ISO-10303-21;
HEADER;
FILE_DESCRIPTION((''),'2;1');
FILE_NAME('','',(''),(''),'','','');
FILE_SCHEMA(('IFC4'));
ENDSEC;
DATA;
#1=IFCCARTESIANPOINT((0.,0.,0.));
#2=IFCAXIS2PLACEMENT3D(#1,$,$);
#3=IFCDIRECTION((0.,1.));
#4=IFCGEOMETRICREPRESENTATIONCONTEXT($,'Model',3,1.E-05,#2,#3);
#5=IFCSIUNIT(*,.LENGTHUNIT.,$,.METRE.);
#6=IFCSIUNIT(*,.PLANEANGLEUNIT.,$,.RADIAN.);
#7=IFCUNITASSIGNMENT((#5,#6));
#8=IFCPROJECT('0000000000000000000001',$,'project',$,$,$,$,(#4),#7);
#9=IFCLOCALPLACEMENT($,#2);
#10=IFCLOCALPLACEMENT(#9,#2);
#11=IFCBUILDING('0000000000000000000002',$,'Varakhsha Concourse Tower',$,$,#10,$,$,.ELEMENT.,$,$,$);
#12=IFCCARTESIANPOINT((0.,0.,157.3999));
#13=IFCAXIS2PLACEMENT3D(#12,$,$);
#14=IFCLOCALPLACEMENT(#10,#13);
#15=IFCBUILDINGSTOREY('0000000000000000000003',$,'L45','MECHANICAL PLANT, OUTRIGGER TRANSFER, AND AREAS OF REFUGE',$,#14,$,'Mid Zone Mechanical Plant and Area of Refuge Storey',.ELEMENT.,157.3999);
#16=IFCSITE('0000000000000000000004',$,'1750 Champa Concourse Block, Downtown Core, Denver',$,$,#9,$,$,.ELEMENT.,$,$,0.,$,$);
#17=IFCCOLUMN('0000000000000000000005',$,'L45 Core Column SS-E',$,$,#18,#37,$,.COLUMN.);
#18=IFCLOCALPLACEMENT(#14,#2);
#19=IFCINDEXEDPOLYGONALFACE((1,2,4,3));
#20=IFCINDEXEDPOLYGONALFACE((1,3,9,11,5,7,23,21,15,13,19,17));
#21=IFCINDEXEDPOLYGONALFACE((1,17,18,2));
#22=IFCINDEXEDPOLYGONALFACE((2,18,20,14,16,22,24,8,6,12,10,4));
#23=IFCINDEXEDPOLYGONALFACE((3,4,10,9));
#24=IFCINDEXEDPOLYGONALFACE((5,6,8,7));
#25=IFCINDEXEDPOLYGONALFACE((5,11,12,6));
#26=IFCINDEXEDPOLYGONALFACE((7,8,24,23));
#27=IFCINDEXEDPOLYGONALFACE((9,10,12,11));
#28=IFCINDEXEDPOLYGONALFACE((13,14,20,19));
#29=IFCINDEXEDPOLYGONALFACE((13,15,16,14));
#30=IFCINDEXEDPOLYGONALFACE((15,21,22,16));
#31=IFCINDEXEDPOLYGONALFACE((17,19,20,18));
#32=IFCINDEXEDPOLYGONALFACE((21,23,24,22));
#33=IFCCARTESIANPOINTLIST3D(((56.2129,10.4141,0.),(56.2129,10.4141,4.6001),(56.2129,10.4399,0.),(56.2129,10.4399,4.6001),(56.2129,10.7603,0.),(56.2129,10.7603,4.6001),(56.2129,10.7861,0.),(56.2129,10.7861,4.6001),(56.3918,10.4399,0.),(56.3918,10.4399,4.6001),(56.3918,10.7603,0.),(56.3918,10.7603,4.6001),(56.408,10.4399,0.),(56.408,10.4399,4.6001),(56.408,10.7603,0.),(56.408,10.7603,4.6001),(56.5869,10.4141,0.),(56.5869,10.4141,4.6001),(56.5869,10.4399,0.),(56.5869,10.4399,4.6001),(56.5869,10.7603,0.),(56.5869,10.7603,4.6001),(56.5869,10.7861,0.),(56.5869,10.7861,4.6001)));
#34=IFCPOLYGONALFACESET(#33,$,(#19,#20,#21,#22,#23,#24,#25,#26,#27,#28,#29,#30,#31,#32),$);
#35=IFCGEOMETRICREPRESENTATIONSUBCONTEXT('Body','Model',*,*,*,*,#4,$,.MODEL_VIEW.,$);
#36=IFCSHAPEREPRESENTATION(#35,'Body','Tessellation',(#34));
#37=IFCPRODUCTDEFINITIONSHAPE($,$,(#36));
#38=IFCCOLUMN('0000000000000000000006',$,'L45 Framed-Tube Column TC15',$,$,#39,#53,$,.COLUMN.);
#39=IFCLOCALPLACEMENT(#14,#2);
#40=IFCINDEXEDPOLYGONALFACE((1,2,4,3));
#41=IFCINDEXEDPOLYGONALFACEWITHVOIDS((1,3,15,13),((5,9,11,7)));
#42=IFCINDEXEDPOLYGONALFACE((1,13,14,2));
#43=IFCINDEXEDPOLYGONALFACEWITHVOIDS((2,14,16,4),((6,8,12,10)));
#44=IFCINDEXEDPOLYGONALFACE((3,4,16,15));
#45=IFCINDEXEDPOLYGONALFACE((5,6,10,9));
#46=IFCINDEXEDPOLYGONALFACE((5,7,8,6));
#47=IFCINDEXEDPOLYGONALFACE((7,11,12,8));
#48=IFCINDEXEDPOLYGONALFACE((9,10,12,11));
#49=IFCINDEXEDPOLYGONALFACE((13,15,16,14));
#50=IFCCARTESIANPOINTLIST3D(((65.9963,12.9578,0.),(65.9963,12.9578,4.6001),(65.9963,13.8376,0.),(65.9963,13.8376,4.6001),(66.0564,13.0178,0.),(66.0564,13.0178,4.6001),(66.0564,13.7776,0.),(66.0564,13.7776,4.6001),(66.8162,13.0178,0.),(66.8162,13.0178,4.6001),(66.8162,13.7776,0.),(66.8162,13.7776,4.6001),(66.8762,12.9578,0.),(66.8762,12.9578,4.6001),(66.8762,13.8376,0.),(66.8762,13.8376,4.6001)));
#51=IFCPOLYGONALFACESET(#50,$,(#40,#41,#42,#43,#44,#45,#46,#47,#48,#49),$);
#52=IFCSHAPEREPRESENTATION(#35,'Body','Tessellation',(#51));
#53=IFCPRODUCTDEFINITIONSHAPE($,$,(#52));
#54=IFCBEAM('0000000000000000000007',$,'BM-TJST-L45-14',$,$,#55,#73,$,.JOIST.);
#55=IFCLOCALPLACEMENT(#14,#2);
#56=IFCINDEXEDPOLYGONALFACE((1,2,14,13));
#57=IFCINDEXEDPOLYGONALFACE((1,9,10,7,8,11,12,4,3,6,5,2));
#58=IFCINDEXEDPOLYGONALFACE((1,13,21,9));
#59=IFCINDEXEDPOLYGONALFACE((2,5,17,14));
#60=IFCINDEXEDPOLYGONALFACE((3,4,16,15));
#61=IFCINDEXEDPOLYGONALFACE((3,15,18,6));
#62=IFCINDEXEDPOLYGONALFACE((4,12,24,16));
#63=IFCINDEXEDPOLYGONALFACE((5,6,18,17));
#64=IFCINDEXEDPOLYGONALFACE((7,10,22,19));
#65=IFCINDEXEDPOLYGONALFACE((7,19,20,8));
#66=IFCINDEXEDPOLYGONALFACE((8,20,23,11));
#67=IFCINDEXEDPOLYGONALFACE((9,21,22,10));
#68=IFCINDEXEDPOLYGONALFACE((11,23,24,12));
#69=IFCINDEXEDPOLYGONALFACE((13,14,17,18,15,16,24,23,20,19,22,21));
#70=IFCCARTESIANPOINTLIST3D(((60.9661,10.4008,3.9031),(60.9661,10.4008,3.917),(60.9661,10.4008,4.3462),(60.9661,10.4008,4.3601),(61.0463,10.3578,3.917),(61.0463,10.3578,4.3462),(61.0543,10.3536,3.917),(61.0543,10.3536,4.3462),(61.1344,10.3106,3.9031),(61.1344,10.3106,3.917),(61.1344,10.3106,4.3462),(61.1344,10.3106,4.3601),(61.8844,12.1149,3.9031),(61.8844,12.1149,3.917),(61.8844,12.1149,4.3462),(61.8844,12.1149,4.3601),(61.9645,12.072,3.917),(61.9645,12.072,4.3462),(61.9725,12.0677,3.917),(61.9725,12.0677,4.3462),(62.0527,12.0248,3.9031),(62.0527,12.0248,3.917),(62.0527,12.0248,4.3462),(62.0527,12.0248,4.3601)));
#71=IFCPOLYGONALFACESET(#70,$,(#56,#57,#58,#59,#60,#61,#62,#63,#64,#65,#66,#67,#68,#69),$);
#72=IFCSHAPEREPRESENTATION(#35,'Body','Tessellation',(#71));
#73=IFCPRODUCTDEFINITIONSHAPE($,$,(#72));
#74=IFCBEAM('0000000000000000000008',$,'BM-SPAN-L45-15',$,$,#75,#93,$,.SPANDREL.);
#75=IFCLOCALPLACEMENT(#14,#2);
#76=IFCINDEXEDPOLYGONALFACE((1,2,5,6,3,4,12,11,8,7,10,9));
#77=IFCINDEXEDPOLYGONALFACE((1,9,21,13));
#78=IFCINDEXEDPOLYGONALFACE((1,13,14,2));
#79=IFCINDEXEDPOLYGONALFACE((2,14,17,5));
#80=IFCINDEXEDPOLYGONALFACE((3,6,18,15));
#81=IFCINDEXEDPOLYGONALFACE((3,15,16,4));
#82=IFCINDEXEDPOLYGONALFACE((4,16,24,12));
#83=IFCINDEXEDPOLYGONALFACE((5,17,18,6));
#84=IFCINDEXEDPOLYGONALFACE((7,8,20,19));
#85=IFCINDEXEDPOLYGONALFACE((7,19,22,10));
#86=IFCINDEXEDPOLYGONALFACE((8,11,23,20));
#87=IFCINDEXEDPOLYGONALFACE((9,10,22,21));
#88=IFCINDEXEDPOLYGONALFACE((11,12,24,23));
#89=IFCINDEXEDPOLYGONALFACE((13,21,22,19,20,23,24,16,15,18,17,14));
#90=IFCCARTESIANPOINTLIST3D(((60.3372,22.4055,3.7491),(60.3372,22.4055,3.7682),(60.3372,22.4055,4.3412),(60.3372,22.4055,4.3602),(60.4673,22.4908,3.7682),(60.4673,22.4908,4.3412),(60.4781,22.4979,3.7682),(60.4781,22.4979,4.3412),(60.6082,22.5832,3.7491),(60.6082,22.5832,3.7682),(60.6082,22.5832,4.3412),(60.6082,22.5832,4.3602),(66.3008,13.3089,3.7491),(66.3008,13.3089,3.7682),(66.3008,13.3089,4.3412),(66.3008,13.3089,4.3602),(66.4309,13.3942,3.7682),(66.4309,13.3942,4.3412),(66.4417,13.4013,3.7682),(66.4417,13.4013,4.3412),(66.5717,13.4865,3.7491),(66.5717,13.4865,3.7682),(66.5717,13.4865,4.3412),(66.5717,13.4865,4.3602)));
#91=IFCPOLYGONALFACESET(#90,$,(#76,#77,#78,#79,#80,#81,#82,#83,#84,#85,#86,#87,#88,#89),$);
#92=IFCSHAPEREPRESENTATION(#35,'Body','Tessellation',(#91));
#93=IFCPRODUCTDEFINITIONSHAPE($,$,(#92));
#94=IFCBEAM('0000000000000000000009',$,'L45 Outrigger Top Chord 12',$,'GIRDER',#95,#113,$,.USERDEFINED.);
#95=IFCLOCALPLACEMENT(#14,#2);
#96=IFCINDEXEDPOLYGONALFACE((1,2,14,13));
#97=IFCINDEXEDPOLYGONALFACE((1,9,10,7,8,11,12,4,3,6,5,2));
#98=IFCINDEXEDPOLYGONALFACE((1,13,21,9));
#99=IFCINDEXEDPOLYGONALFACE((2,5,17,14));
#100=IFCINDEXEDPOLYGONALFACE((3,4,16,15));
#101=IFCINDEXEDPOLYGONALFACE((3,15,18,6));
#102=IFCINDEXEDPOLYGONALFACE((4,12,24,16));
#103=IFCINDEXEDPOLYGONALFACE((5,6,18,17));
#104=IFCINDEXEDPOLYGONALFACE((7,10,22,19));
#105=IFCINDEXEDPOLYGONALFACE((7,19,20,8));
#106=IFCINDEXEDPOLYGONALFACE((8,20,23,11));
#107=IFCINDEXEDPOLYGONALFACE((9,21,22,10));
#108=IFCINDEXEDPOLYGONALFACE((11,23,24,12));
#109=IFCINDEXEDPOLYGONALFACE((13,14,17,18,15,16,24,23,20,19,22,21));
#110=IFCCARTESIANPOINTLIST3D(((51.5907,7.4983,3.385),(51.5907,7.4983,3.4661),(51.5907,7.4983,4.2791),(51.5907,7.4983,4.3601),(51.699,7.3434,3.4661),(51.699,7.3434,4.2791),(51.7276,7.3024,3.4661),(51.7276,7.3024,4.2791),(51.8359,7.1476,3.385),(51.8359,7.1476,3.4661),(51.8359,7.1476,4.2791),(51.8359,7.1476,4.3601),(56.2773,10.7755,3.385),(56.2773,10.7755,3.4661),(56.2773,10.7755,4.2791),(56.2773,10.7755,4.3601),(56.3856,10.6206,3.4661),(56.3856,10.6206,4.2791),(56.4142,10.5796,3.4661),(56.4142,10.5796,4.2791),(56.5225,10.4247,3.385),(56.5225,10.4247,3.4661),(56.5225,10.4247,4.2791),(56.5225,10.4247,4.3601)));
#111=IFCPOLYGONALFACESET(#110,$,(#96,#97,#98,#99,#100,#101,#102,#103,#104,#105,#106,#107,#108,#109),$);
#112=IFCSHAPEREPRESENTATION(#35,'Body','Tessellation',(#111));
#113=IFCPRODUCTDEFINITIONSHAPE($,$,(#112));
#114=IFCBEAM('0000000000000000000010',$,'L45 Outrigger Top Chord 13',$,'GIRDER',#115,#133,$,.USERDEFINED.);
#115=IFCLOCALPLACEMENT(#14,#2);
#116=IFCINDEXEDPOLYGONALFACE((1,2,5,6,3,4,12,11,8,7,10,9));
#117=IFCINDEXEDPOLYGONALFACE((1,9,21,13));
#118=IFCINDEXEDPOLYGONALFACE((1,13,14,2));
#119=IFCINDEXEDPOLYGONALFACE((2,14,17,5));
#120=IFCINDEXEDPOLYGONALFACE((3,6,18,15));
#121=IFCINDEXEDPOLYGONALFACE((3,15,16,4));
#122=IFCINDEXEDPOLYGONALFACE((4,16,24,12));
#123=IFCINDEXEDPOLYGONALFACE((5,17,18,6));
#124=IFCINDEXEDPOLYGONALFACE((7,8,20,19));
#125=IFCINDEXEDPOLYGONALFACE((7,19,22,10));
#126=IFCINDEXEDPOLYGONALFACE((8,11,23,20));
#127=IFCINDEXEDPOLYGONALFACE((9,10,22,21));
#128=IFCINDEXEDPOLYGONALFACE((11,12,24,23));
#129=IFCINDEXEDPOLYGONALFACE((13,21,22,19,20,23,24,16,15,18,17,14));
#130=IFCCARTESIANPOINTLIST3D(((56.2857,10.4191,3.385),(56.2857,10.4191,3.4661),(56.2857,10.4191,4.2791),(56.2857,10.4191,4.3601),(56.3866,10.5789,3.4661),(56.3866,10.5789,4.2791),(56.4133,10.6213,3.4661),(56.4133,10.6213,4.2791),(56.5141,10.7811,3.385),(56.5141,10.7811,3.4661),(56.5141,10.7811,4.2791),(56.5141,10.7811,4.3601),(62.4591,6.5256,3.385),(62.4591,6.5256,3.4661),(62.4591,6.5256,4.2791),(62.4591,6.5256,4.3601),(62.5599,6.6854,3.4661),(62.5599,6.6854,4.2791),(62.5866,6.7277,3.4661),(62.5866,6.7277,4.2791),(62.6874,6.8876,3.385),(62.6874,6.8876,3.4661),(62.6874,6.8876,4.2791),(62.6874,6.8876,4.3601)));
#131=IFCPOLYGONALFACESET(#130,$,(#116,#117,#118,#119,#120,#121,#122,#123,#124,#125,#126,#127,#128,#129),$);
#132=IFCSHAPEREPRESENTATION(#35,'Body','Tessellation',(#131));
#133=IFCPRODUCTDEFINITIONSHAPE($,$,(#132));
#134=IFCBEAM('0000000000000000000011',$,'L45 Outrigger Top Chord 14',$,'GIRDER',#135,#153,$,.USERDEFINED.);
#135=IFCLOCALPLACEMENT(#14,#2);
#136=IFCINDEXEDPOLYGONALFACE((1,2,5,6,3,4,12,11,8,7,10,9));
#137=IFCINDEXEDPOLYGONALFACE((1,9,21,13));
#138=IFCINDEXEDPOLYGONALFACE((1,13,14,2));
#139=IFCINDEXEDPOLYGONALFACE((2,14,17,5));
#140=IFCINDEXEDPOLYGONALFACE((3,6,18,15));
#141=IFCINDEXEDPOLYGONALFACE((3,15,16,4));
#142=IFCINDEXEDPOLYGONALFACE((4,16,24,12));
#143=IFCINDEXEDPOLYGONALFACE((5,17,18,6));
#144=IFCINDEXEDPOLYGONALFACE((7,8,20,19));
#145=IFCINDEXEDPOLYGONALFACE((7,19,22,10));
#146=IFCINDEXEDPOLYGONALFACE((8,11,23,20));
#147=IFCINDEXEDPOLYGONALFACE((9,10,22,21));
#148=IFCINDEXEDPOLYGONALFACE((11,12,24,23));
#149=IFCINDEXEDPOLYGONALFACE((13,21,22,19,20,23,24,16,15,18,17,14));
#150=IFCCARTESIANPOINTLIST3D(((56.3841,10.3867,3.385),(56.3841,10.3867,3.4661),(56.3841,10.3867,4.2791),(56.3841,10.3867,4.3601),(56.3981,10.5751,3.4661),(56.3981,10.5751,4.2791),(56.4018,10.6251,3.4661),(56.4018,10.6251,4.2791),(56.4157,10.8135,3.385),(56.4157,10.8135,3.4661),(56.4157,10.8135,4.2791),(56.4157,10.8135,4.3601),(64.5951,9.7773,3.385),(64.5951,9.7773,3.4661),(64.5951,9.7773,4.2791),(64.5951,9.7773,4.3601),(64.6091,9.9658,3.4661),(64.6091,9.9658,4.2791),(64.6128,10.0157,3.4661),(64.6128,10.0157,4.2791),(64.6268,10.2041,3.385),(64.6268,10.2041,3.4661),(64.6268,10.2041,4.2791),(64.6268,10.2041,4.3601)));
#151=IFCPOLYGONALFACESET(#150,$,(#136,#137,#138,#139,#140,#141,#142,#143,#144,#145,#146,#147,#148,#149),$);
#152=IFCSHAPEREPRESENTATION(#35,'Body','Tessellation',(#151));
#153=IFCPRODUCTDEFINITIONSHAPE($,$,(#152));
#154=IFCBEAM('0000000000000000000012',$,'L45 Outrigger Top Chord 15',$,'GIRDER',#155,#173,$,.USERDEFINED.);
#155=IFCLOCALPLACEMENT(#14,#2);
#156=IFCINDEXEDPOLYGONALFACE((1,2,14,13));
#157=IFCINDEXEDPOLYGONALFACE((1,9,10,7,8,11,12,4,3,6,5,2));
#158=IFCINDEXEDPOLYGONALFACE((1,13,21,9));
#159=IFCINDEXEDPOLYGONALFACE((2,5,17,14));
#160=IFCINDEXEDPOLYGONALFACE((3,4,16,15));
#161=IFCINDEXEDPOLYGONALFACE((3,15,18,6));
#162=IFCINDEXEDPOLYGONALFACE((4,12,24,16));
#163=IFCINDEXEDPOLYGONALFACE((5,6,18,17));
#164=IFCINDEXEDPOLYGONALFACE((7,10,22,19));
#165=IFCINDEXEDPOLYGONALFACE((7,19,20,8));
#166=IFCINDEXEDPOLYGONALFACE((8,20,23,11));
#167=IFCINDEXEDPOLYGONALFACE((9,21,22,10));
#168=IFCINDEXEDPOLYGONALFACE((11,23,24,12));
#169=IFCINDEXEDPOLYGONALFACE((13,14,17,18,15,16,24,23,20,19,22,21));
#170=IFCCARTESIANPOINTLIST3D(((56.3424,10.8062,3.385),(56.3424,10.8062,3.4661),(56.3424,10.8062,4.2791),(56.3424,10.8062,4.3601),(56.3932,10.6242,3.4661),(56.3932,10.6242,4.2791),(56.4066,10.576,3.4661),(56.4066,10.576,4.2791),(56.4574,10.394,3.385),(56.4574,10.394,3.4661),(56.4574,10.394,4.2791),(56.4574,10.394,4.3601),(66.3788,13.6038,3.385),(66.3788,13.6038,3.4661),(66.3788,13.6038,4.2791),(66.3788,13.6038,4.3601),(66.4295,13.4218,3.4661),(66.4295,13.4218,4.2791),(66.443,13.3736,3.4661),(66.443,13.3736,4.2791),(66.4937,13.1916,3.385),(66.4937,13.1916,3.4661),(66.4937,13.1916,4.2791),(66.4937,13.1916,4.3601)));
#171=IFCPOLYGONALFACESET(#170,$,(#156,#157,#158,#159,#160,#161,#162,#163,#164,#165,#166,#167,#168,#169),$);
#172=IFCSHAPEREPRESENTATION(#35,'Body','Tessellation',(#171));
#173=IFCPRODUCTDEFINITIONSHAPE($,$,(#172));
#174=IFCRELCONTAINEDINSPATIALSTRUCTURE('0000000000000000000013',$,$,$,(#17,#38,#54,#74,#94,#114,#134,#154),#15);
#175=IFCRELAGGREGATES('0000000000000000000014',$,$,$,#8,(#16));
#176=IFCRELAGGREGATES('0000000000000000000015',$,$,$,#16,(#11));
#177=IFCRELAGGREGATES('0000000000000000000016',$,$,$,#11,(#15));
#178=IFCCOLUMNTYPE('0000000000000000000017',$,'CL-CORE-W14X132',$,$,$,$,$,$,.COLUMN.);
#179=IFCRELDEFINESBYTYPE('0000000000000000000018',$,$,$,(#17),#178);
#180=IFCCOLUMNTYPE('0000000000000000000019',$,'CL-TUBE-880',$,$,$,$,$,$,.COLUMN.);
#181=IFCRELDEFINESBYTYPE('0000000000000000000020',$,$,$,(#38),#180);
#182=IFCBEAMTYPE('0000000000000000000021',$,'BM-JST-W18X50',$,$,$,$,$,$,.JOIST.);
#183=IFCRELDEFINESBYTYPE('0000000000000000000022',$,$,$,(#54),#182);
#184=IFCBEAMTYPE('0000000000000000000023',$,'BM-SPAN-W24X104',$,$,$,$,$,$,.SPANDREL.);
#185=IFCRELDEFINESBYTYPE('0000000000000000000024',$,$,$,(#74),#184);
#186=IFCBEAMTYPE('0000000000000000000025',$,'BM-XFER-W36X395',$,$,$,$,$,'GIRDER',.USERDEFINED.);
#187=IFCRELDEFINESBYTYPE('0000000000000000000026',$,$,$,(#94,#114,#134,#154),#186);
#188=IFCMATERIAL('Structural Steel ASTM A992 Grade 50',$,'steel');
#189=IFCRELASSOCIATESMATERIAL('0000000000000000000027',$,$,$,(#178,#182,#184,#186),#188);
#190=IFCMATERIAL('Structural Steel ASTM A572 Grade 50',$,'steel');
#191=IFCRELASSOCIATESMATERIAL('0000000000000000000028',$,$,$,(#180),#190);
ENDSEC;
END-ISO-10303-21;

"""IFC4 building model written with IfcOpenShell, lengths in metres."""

from ifc_helpers import new_model, si_unit, direction, frame, origin, origin_2d, place, context, subcontext, project, spatial, hollow_rectangle, i_section, extrude, material, material_profile, profile_set, type_object, element, save


model = new_model("IFC4")

# Units and contexts
model_context = context("Model", 3, precision=1e-05, world=origin(), true_north=direction((0.0, 1.0)))
body_context = subcontext(model_context, "Body", "Model", "MODEL_VIEW")
ifc_project = project(units=[si_unit("LENGTHUNIT", "METRE"), si_unit("PLANEANGLEUNIT", "RADIAN")], contexts=[model_context])

# Site, building, storey
site_placement = place(None, origin())
site = spatial("IfcSite", under=ifc_project, at=site_placement, Name="1750 Champa Concourse Block, Downtown Core, Denver", CompositionType="ELEMENT", RefElevation=0.0)
building_placement = place(site_placement, origin())
building = spatial("IfcBuilding", under=site, at=building_placement, Name="Varakhsha Concourse Tower", CompositionType="ELEMENT")
storey_placement = place(building_placement, frame((0.0, 0.0, 157.3999)))
storey = spatial("IfcBuildingStorey", under=building, at=storey_placement, Name="L45", Description="MECHANICAL PLANT, OUTRIGGER TRANSFER, AND AREAS OF REFUGE", LongName="Mid Zone Mechanical Plant and Area of Refuge Storey", CompositionType="ELEMENT", Elevation=157.3999)

# Columns
ifc_material_1 = material(Name="Structural Steel ASTM A992 Grade 50", Category="steel")
ifc_material_profile_1 = material_profile(ifc_material_1, i_section(OverallWidth=0.374, OverallDepth=0.3721, WebThickness=0.0161, FlangeThickness=0.0259, at=origin_2d()), Name="W14X132")
ifc_profile_set_1 = profile_set([ifc_material_profile_1], Name="Structural Steel ASTM A992 Grade 50")
column_type_1 = type_object("IfcColumnType", Name="CL-CORE-W14X132", PredefinedType="COLUMN", material=ifc_profile_set_1)
column_1_placement = place(storey_placement, frame((56.3999, 10.6001, 0.0), z_axis=(0.0, 0.0, 1.0), x_axis=(1.0, 0.0, 0.0)))
element("IfcColumn", 1, at=column_1_placement, inside=storey, type_object=column_type_1, Name="L45 Core Column SS-E", PredefinedType="COLUMN", context=body_context, shape_type="SweptSolid", body=[
    extrude(i_section(OverallWidth=0.374, OverallDepth=0.3721, WebThickness=0.0161, FlangeThickness=0.0259, at=origin_2d()), origin(), (0.0, 0.0, 1.0), 4.6001),
])
ifc_material_2 = material(Name="Structural Steel ASTM A572 Grade 50", Category="steel")
ifc_material_profile_2 = material_profile(ifc_material_2, hollow_rectangle(XDim=0.8799, YDim=0.8799, WallThickness=0.0601, at=origin_2d()), Name="BOX 880x880x60")
ifc_profile_set_2 = profile_set([ifc_material_profile_2], Name="Structural Steel ASTM A572 Grade 50")
column_type_2 = type_object("IfcColumnType", Name="CL-TUBE-880", PredefinedType="COLUMN", material=ifc_profile_set_2)
column_2_placement = place(storey_placement, frame((66.4363, 13.3977, 0.0), z_axis=(0.0, 0.0, 1.0), x_axis=(1.0, 0.0, 0.0)))
element("IfcColumn", 2, at=column_2_placement, inside=storey, type_object=column_type_2, Name="L45 Framed-Tube Column TC15", PredefinedType="COLUMN", context=body_context, shape_type="SweptSolid", body=[
    extrude(hollow_rectangle(XDim=0.8799, YDim=0.8799, WallThickness=0.0601, at=origin_2d()), origin(), (0.0, 0.0, 1.0), 4.6001),
])

# Beams
ifc_material_profile_3 = material_profile(ifc_material_1, i_section(OverallWidth=0.1909, OverallDepth=0.457, WebThickness=0.009, FlangeThickness=0.0139, at=origin_2d()), Name="W18X50")
ifc_profile_set_3 = profile_set([ifc_material_profile_3], Name="Structural Steel ASTM A992 Grade 50")
beam_type_1 = type_object("IfcBeamType", Name="BM-JST-W18X50", PredefinedType="JOIST", material=ifc_profile_set_3)
beam_1_placement = place(storey_placement, frame((61.0503, 10.3557, 4.1316), z_axis=(0.472197, 0.881493, 0.0), x_axis=(-0.881493, 0.472197, 0.0)))
element("IfcBeam", 3, at=beam_1_placement, inside=storey, type_object=beam_type_1, Name="BM-TJST-L45-14", PredefinedType="JOIST", context=body_context, shape_type="SweptSolid", body=[
    extrude(i_section(OverallWidth=0.1909, OverallDepth=0.457, WebThickness=0.009, FlangeThickness=0.0139, at=origin_2d()), origin(), (0.0, 0.0, 1.0), 1.9446),
])
ifc_material_profile_4 = material_profile(ifc_material_1, i_section(OverallWidth=0.324, OverallDepth=0.6111, WebThickness=0.0129, FlangeThickness=0.019, at=origin_2d()), Name="W24X104")
ifc_profile_set_4 = profile_set([ifc_material_profile_4], Name="Structural Steel ASTM A992 Grade 50")
beam_type_2 = type_object("IfcBeamType", Name="BM-SPAN-W24X104", PredefinedType="SPANDREL", material=ifc_profile_set_4)
beam_2_placement = place(storey_placement, frame((66.4363, 13.3977, 4.0547), z_axis=(-0.548266, 0.836304, 0.0), x_axis=(-0.836304, -0.548266, 0.0)))
element("IfcBeam", 4, at=beam_2_placement, inside=storey, type_object=beam_type_2, Name="BM-SPAN-L45-15", PredefinedType="SPANDREL", context=body_context, shape_type="SweptSolid", body=[
    extrude(i_section(OverallWidth=0.324, OverallDepth=0.6111, WebThickness=0.0129, FlangeThickness=0.019, at=origin_2d()), origin(), (0.0, 0.0, 1.0), 10.8772),
])
ifc_material_profile_5 = material_profile(ifc_material_1, i_section(OverallWidth=0.428, OverallDepth=0.9751, WebThickness=0.05, FlangeThickness=0.0811, at=origin_2d()), Name="W36X395")
ifc_profile_set_5 = profile_set([ifc_material_profile_5], Name="Structural Steel ASTM A992 Grade 50")
beam_type_3 = type_object("IfcBeamType", Name="BM-XFER-W36X395", ElementType="GIRDER", PredefinedType="USERDEFINED", material=ifc_profile_set_5)
beam_3_placement = place(storey_placement, frame((56.3999, 10.6001, 3.8726), z_axis=(-0.819517, -0.573055, 0.0), x_axis=(0.573055, -0.819517, 0.0)))
element("IfcBeam", 5, at=beam_3_placement, inside=storey, type_object=beam_type_3, Name="L45 Outrigger Top Chord 12", ObjectType="GIRDER", PredefinedType="USERDEFINED", context=body_context, shape_type="SweptSolid", body=[
    extrude(i_section(OverallWidth=0.428, OverallDepth=0.9751, WebThickness=0.05, FlangeThickness=0.0811, at=origin_2d()), origin(), (0.0, 0.0, 1.0), 5.7188),
])
beam_4_placement = place(storey_placement, frame((56.3999, 10.6001, 3.8726), z_axis=(0.845823, -0.533464, 0.0), x_axis=(0.533464, 0.845823, 0.0)))
element("IfcBeam", 6, at=beam_4_placement, inside=storey, type_object=beam_type_3, Name="L45 Outrigger Top Chord 13", ObjectType="GIRDER", PredefinedType="USERDEFINED", context=body_context, shape_type="SweptSolid", body=[
    extrude(i_section(OverallWidth=0.428, OverallDepth=0.9751, WebThickness=0.05, FlangeThickness=0.0811, at=origin_2d()), origin(), (0.0, 0.0, 1.0), 7.2986),
])
beam_5_placement = place(storey_placement, frame((56.3999, 10.6001, 3.8726), z_axis=(0.997258, -0.074009, 0.0), x_axis=(0.074009, 0.997258, 0.0)))
element("IfcBeam", 7, at=beam_5_placement, inside=storey, type_object=beam_type_3, Name="L45 Outrigger Top Chord 14", ObjectType="GIRDER", PredefinedType="USERDEFINED", context=body_context, shape_type="SweptSolid", body=[
    extrude(i_section(OverallWidth=0.428, OverallDepth=0.9751, WebThickness=0.05, FlangeThickness=0.0811, at=origin_2d()), origin(), (0.0, 0.0, 1.0), 8.2336),
])
beam_6_placement = place(storey_placement, frame((56.3999, 10.6001, 3.8726), z_axis=(0.963277, 0.26851, 0.0), x_axis=(-0.26851, 0.963277, 0.0)))
element("IfcBeam", 8, at=beam_6_placement, inside=storey, type_object=beam_type_3, Name="L45 Outrigger Top Chord 15", ObjectType="GIRDER", PredefinedType="USERDEFINED", context=body_context, shape_type="SweptSolid", body=[
    extrude(i_section(OverallWidth=0.428, OverallDepth=0.9751, WebThickness=0.05, FlangeThickness=0.0811, at=origin_2d()), origin(), (0.0, 0.0, 1.0), 10.4189),
])

save(model, "model.ifc")
